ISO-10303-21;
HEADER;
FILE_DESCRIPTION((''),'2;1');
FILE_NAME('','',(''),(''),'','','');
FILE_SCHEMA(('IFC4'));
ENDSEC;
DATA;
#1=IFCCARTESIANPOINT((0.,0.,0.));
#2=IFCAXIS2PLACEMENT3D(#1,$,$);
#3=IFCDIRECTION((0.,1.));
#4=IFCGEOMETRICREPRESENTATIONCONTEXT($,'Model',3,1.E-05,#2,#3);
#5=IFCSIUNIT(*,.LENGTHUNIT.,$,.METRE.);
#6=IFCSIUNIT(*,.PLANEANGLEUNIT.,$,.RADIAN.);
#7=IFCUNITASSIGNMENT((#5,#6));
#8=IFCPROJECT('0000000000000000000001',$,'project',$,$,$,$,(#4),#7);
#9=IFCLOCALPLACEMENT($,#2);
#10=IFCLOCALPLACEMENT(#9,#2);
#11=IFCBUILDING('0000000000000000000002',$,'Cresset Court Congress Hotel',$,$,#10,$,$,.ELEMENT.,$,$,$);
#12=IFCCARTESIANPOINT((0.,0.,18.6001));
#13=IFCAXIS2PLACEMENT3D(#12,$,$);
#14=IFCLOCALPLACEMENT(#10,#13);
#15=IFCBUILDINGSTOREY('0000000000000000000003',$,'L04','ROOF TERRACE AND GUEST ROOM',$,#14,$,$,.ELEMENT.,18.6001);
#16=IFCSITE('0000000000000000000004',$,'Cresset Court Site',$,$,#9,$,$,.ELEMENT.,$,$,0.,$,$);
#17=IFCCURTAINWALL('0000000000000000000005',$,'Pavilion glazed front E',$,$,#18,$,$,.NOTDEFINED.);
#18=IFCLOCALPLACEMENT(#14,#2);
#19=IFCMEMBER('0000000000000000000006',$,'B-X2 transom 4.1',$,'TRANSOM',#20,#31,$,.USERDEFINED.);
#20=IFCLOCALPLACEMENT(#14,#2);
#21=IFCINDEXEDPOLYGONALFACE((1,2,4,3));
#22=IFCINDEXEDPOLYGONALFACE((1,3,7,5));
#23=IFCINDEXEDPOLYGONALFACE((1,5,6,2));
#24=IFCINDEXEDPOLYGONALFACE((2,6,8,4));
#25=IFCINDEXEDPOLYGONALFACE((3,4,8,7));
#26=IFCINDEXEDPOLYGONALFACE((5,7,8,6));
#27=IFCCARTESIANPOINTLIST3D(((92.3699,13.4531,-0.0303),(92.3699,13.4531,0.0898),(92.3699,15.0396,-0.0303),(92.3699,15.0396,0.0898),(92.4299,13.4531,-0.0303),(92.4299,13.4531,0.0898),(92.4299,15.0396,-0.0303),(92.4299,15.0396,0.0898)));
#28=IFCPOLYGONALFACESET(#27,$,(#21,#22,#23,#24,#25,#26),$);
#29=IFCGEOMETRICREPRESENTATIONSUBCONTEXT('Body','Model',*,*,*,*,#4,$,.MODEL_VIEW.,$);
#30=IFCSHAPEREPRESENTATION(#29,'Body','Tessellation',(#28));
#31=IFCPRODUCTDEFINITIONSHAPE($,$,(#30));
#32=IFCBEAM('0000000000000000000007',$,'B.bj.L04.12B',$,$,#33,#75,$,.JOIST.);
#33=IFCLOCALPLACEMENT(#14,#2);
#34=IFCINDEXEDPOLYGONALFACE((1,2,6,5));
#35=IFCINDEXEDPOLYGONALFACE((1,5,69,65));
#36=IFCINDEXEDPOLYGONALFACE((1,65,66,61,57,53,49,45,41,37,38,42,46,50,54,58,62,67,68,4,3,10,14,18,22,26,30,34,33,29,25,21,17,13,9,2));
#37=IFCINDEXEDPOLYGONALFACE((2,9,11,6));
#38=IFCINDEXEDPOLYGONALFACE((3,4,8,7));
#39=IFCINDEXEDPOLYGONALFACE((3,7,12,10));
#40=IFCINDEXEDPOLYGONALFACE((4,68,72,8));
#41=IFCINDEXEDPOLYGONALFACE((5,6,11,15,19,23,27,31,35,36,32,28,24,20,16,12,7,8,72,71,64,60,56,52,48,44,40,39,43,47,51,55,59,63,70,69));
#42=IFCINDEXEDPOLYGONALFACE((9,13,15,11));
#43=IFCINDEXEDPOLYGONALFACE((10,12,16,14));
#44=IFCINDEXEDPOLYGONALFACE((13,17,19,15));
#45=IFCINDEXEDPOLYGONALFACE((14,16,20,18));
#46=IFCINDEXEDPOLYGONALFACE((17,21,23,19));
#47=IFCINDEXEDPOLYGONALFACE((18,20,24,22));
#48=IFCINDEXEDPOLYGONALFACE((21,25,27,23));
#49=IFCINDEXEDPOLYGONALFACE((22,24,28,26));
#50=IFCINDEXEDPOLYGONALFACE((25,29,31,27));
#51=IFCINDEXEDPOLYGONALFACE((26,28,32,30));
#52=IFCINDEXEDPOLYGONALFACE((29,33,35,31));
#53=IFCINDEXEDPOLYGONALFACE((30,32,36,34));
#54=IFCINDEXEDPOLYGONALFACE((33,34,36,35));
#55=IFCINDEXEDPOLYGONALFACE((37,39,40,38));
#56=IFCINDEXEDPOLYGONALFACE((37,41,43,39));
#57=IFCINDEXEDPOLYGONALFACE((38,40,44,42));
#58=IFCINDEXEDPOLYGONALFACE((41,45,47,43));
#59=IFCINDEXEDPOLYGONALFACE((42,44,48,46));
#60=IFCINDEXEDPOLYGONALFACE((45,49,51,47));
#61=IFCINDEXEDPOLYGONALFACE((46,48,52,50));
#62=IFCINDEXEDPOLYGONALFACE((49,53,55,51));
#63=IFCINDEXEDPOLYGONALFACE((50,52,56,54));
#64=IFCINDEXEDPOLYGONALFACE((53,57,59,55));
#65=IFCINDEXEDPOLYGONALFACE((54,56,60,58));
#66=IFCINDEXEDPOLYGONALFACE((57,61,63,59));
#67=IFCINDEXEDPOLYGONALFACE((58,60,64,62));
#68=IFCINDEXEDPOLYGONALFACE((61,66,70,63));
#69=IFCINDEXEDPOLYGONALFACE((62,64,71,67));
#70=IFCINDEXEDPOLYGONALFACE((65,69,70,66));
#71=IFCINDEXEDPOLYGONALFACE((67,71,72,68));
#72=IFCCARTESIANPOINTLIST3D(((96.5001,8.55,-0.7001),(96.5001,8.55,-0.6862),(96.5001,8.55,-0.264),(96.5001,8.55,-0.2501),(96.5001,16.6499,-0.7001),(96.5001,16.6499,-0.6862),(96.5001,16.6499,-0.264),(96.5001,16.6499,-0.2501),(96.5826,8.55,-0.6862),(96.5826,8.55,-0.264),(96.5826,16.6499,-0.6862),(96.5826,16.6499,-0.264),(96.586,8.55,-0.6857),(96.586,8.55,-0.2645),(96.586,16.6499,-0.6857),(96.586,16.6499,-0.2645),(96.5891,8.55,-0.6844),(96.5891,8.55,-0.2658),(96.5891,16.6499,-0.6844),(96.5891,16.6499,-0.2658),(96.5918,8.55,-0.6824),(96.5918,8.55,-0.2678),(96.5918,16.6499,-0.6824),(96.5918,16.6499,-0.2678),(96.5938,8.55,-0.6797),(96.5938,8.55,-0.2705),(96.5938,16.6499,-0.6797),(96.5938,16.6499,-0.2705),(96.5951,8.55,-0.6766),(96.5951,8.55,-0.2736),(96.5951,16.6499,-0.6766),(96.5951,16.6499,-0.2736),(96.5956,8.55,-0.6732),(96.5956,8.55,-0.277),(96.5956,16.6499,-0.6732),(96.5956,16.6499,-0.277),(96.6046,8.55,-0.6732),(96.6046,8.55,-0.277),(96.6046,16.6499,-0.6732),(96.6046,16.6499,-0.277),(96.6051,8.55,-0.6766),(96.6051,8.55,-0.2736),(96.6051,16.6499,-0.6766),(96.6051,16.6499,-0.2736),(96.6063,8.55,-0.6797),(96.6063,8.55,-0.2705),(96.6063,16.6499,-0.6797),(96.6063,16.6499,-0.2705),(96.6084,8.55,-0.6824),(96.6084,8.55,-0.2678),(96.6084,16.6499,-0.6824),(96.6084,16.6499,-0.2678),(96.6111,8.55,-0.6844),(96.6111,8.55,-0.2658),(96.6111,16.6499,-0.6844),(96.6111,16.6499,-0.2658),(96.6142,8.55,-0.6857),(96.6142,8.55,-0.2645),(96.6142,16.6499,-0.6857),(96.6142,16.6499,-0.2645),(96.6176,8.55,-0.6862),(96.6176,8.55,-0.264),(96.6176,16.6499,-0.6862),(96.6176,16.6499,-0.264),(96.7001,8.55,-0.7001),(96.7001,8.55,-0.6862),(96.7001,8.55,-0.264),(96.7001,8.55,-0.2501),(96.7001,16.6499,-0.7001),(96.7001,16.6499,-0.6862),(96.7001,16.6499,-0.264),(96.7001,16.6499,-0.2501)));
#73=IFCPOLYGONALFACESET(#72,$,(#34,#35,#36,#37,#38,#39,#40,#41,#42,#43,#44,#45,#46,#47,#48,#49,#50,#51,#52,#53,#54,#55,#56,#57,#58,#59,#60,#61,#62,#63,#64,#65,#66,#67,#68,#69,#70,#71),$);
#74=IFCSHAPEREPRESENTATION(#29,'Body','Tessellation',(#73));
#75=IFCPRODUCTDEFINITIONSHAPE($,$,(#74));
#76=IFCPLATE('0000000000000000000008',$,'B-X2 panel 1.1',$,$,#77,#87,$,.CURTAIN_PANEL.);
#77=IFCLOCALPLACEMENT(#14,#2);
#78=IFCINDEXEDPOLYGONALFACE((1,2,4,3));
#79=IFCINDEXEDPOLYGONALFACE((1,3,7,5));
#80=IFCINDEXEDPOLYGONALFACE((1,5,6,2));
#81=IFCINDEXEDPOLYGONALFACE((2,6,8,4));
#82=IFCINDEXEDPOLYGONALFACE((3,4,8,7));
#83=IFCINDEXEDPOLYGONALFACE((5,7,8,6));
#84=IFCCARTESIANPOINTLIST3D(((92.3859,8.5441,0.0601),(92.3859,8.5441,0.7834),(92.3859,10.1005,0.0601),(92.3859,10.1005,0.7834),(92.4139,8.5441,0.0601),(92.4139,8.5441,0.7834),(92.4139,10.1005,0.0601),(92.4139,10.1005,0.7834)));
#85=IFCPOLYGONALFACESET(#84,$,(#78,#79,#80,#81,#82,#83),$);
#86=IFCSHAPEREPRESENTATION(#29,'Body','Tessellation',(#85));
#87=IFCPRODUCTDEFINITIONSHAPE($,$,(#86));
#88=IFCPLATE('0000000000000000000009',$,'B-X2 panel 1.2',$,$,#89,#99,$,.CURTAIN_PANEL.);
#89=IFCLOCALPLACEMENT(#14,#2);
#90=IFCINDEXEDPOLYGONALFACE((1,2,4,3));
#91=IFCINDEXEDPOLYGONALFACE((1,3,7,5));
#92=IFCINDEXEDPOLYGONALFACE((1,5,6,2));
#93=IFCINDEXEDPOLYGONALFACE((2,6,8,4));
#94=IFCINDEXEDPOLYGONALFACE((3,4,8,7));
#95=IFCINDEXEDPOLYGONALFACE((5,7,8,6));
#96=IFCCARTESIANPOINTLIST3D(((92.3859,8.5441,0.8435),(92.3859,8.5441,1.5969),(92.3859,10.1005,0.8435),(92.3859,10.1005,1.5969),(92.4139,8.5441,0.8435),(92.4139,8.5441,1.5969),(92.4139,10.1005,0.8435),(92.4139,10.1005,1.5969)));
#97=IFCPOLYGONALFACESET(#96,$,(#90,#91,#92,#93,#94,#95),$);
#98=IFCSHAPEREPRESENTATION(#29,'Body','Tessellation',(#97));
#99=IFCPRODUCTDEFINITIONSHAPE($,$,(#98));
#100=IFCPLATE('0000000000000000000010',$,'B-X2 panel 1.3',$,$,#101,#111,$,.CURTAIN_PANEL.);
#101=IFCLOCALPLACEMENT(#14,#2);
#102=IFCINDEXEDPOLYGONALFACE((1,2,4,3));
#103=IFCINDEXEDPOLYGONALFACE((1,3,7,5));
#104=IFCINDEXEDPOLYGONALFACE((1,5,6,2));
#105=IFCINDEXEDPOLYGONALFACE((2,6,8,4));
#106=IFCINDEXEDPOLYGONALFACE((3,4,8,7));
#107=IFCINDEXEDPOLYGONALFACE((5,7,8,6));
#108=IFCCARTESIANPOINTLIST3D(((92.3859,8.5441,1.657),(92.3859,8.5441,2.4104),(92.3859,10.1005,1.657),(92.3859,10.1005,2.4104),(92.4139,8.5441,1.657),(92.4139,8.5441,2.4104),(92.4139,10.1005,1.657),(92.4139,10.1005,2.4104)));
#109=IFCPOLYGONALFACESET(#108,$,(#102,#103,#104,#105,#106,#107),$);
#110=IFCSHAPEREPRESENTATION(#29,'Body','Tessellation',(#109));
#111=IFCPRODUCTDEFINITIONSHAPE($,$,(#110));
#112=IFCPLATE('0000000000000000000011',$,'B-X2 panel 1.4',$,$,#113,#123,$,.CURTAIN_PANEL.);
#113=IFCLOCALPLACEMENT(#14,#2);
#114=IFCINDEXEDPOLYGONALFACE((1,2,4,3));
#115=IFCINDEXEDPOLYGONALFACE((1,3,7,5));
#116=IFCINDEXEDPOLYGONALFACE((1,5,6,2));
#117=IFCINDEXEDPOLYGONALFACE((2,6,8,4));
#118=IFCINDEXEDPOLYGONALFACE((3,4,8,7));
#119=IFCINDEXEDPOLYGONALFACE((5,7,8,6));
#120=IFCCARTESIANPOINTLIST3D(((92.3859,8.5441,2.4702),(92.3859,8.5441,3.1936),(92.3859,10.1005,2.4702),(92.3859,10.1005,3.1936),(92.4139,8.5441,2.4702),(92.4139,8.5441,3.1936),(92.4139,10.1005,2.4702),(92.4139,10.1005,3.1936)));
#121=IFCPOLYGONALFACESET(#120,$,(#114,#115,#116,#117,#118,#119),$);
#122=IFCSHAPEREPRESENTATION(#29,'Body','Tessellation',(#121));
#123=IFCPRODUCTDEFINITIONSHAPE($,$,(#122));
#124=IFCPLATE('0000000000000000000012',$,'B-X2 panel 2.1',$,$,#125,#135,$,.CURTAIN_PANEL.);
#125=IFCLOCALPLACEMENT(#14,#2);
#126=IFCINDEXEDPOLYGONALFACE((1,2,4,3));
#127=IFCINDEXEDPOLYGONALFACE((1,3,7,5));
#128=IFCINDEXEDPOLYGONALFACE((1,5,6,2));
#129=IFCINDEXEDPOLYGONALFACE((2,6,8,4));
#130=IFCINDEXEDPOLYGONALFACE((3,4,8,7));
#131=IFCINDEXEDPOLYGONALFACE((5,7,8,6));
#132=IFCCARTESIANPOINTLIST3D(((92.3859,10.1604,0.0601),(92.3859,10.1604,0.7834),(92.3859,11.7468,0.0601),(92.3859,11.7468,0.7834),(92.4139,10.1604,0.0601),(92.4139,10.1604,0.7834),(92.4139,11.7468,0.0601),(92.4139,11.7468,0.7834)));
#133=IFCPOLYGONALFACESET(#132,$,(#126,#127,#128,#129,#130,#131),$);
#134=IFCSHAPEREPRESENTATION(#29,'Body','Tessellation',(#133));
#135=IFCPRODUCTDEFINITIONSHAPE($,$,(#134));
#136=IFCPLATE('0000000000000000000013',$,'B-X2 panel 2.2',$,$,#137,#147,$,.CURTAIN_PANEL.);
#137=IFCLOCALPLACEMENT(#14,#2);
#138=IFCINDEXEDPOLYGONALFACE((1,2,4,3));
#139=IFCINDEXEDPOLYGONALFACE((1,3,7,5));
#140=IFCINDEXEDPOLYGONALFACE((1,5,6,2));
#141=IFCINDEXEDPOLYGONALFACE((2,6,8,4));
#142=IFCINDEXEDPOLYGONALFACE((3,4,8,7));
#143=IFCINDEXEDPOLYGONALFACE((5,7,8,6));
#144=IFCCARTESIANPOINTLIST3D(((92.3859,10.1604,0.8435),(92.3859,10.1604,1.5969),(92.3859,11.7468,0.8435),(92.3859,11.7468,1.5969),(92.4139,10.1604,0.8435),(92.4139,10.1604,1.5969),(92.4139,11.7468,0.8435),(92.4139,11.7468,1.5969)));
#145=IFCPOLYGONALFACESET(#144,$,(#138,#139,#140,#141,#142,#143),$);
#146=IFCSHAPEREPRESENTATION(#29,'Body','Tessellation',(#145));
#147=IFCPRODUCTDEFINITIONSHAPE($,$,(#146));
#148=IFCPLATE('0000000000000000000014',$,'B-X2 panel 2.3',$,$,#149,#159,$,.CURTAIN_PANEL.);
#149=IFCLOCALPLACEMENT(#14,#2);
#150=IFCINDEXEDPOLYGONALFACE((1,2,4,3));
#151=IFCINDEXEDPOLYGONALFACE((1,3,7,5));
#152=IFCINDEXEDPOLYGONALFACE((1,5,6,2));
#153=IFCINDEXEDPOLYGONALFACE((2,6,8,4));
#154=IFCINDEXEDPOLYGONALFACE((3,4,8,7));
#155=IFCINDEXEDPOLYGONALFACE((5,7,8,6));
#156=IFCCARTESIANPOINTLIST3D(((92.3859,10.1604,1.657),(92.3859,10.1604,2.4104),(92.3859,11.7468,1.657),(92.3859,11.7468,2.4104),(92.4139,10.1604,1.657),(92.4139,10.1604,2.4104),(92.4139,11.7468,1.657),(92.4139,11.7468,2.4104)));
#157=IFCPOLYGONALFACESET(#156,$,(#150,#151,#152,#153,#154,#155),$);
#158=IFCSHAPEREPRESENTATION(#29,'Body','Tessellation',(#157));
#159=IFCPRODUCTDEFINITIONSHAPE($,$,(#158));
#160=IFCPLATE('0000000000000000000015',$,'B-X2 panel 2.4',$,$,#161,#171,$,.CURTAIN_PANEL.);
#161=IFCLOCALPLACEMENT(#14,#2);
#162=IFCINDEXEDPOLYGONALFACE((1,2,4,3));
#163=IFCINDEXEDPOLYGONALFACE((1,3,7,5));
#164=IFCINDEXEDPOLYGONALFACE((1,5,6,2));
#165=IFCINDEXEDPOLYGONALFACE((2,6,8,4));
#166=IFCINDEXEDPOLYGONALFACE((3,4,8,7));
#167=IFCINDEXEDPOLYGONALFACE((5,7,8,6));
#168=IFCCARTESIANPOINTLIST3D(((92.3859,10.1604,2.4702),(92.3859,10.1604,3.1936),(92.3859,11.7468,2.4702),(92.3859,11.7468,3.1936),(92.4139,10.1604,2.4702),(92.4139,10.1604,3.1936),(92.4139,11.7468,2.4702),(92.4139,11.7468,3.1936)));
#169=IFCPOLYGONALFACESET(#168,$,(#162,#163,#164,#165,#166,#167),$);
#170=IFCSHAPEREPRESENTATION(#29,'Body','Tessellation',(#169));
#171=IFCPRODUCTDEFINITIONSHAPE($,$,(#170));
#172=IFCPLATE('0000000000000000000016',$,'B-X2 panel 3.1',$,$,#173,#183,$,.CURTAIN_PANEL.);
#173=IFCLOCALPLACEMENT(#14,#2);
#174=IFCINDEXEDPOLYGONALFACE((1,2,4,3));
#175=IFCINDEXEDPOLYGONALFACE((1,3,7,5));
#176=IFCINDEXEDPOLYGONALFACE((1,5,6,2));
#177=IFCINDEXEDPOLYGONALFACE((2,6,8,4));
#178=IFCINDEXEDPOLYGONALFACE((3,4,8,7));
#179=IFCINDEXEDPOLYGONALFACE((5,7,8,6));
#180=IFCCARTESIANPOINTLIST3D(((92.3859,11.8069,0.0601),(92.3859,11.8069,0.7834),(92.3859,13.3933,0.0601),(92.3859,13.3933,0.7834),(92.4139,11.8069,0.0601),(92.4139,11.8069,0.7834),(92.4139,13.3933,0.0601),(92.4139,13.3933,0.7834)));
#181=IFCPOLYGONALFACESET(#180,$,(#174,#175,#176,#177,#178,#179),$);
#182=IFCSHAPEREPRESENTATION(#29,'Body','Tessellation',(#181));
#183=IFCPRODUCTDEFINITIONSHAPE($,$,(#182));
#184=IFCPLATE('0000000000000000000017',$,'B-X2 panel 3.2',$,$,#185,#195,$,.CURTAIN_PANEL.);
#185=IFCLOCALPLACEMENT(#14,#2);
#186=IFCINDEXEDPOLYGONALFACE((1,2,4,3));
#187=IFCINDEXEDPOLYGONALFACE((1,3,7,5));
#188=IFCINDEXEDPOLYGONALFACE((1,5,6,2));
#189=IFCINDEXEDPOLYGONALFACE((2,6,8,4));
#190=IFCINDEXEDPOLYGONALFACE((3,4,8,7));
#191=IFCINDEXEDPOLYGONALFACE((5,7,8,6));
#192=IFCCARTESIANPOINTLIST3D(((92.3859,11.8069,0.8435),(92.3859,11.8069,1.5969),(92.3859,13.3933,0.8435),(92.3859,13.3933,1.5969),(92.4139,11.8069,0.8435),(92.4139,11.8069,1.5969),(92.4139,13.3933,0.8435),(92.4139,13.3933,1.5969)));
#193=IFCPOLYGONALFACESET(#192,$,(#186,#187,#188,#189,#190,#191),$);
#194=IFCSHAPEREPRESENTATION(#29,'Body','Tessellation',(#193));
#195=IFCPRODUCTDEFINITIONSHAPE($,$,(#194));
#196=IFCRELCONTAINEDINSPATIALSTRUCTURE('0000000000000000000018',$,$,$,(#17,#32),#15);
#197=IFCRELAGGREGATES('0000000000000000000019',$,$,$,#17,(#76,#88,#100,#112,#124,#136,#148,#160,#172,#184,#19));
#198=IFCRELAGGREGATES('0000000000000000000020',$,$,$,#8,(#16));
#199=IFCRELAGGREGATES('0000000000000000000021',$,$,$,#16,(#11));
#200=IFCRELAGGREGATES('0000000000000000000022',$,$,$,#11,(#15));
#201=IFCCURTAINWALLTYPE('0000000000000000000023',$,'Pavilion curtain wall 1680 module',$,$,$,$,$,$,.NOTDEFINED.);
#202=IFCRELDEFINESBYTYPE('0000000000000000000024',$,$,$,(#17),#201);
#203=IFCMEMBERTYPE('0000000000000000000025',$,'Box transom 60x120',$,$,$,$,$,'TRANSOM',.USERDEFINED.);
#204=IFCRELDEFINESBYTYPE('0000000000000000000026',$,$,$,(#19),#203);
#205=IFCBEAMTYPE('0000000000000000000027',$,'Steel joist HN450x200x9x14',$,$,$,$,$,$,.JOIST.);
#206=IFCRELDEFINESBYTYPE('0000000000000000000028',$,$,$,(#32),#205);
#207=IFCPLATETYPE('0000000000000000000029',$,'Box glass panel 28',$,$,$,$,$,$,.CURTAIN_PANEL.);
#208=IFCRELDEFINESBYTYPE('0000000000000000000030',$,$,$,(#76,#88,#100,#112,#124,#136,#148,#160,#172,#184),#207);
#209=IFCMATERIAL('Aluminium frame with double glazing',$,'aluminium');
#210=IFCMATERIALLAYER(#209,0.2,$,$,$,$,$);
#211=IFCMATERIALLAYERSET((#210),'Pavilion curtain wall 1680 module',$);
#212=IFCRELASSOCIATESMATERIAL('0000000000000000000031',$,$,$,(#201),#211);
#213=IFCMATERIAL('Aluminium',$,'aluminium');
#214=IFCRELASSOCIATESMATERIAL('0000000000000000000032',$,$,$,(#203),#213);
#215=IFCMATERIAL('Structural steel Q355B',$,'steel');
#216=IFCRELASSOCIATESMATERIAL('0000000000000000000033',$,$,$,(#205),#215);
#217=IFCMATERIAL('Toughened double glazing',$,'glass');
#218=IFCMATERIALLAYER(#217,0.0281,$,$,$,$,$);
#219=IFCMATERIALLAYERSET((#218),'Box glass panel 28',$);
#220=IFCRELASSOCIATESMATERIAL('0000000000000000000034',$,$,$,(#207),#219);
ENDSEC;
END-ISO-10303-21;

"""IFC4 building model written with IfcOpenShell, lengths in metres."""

from ifc_helpers import new_model, si_unit, direction, frame, origin, origin_2d, place, context, subcontext, project, spatial, rectangle, i_section, extrude, material, layer, layer_set, material_profile, profile_set, type_object, element, aggregate, save


model = new_model("IFC4")

# Units and contexts
model_context = context("Model", 3, precision=1e-05, world=origin(), true_north=direction((0.0, 1.0)))
body_context = subcontext(model_context, "Body", "Model", "MODEL_VIEW")
ifc_project = project(units=[si_unit("LENGTHUNIT", "METRE"), si_unit("PLANEANGLEUNIT", "RADIAN")], contexts=[model_context])

# Site, building, storey
site_placement = place(None, origin())
site = spatial("IfcSite", under=ifc_project, at=site_placement, Name="Cresset Court Site", CompositionType="ELEMENT", RefElevation=0.0)
building_placement = place(site_placement, origin())
building = spatial("IfcBuilding", under=site, at=building_placement, Name="Cresset Court Congress Hotel", CompositionType="ELEMENT")
storey_placement = place(building_placement, frame((0.0, 0.0, 18.6001)))
storey = spatial("IfcBuildingStorey", under=building, at=storey_placement, Name="L04", Description="ROOF TERRACE AND GUEST ROOM", CompositionType="ELEMENT", Elevation=18.6001)

# Curtain wall, member
ifc_material_1 = material(Name="Aluminium frame with double glazing", Category="aluminium")
ifc_layer_1 = layer(ifc_material_1, 0.2)
ifc_layer_set_1 = layer_set([ifc_layer_1], Name="Pavilion curtain wall 1680 module")
curtain_wall_type = type_object("IfcCurtainWallType", Name="Pavilion curtain wall 1680 module", PredefinedType="NOTDEFINED", material=ifc_layer_set_1)
curtain_wall_placement = place(storey_placement, origin())
curtain_wall = element("IfcCurtainWall", 1, at=curtain_wall_placement, inside=storey, type_object=curtain_wall_type, Name="Pavilion glazed front E", PredefinedType="NOTDEFINED")
ifc_material_2 = material(Name="Aluminium", Category="aluminium")
ifc_material_profile_1 = material_profile(ifc_material_2, rectangle(XDim=0.0601, YDim=0.1201, at=origin_2d()), Name="Box transom 60x120")
ifc_profile_set_1 = profile_set([ifc_material_profile_1], Name="Aluminium")
member_type_1 = type_object("IfcMemberType", Name="Box transom 60x120", ElementType="TRANSOM", PredefinedType="USERDEFINED", material=ifc_profile_set_1)
member_1_placement = place(storey_placement, frame((92.3999, 13.4531, 0.0298), z_axis=(0.0, 1.0, 0.0), x_axis=(-1.0, 0.0, 0.0)))
member_1 = element("IfcMember", 2, at=member_1_placement, type_object=member_type_1, Name="B-X2 transom 4.1", ObjectType="TRANSOM", PredefinedType="USERDEFINED", context=body_context, shape_type="SweptSolid", body=[
    extrude(rectangle(XDim=0.0601, YDim=0.1201, at=origin_2d()), origin(), (0.0, 0.0, 1.0), 1.5864),
])

# Beam
ifc_material_3 = material(Name="Structural steel Q355B", Category="steel")
ifc_material_profile_2 = material_profile(ifc_material_3, i_section(OverallWidth=0.2, OverallDepth=0.45, WebThickness=0.009, FlangeThickness=0.0139, FilletRadius=0.0129, at=origin_2d()), Name="HN450x200x9x14")
ifc_profile_set_2 = profile_set([ifc_material_profile_2], Name="Structural steel Q355B")
beam_type = type_object("IfcBeamType", Name="Steel joist HN450x200x9x14", PredefinedType="JOIST", material=ifc_profile_set_2)
beam_placement = place(storey_placement, frame((96.6001, 8.55, -0.4751), z_axis=(0.0, 1.0, 0.0), x_axis=(-1.0, 0.0, 0.0)))
element("IfcBeam", 3, at=beam_placement, inside=storey, type_object=beam_type, Name="B.bj.L04.12B", PredefinedType="JOIST", context=body_context, shape_type="SweptSolid", body=[
    extrude(i_section(OverallWidth=0.2, OverallDepth=0.45, WebThickness=0.009, FlangeThickness=0.0139, FilletRadius=0.0129, at=origin_2d()), origin(), (0.0, 0.0, 1.0), 8.0999),
])

# Plates
ifc_material_4 = material(Name="Toughened double glazing", Category="glass")
ifc_layer_2 = layer(ifc_material_4, 0.0281)
ifc_layer_set_2 = layer_set([ifc_layer_2], Name="Box glass panel 28")
plate_type = type_object("IfcPlateType", Name="Box glass panel 28", PredefinedType="CURTAIN_PANEL", material=ifc_layer_set_2)
plate_1_placement = place(storey_placement, frame((92.3999, 9.3223, 0.0601), z_axis=(0.0, 0.0, 1.0), x_axis=(0.0, 1.0, 0.0)))
plate_1 = element("IfcPlate", 4, at=plate_1_placement, type_object=plate_type, Name="B-X2 panel 1.1", PredefinedType="CURTAIN_PANEL", context=body_context, shape_type="SweptSolid", body=[
    extrude(rectangle(XDim=1.5564, YDim=0.0281, at=origin_2d()), origin(), (0.0, 0.0, 1.0), 0.7234),
])
plate_2_placement = place(storey_placement, frame((92.3999, 9.3223, 0.8435), z_axis=(0.0, 0.0, 1.0), x_axis=(0.0, 1.0, 0.0)))
plate_2 = element("IfcPlate", 5, at=plate_2_placement, type_object=plate_type, Name="B-X2 panel 1.2", PredefinedType="CURTAIN_PANEL", context=body_context, shape_type="SweptSolid", body=[
    extrude(rectangle(XDim=1.5564, YDim=0.0281, at=origin_2d()), origin(), (0.0, 0.0, 1.0), 0.7534),
])
plate_3_placement = place(storey_placement, frame((92.3999, 9.3223, 1.657), z_axis=(0.0, 0.0, 1.0), x_axis=(0.0, 1.0, 0.0)))
plate_3 = element("IfcPlate", 6, at=plate_3_placement, type_object=plate_type, Name="B-X2 panel 1.3", PredefinedType="CURTAIN_PANEL", context=body_context, shape_type="SweptSolid", body=[
    extrude(rectangle(XDim=1.5564, YDim=0.0281, at=origin_2d()), origin(), (0.0, 0.0, 1.0), 0.7534),
])
plate_4_placement = place(storey_placement, frame((92.3999, 9.3223, 2.4702), z_axis=(0.0, 0.0, 1.0), x_axis=(0.0, 1.0, 0.0)))
plate_4 = element("IfcPlate", 7, at=plate_4_placement, type_object=plate_type, Name="B-X2 panel 1.4", PredefinedType="CURTAIN_PANEL", context=body_context, shape_type="SweptSolid", body=[
    extrude(rectangle(XDim=1.5564, YDim=0.0281, at=origin_2d()), origin(), (0.0, 0.0, 1.0), 0.7234),
])
plate_5_placement = place(storey_placement, frame((92.3999, 10.9536, 0.0601), z_axis=(0.0, 0.0, 1.0), x_axis=(0.0, 1.0, 0.0)))
plate_5 = element("IfcPlate", 8, at=plate_5_placement, type_object=plate_type, Name="B-X2 panel 2.1", PredefinedType="CURTAIN_PANEL", context=body_context, shape_type="SweptSolid", body=[
    extrude(rectangle(XDim=1.5864, YDim=0.0281, at=origin_2d()), origin(), (0.0, 0.0, 1.0), 0.7234),
])
plate_6_placement = place(storey_placement, frame((92.3999, 10.9536, 0.8435), z_axis=(0.0, 0.0, 1.0), x_axis=(0.0, 1.0, 0.0)))
plate_6 = element("IfcPlate", 9, at=plate_6_placement, type_object=plate_type, Name="B-X2 panel 2.2", PredefinedType="CURTAIN_PANEL", context=body_context, shape_type="SweptSolid", body=[
    extrude(rectangle(XDim=1.5864, YDim=0.0281, at=origin_2d()), origin(), (0.0, 0.0, 1.0), 0.7534),
])
plate_7_placement = place(storey_placement, frame((92.3999, 10.9536, 1.657), z_axis=(0.0, 0.0, 1.0), x_axis=(0.0, 1.0, 0.0)))
plate_7 = element("IfcPlate", 10, at=plate_7_placement, type_object=plate_type, Name="B-X2 panel 2.3", PredefinedType="CURTAIN_PANEL", context=body_context, shape_type="SweptSolid", body=[
    extrude(rectangle(XDim=1.5864, YDim=0.0281, at=origin_2d()), origin(), (0.0, 0.0, 1.0), 0.7534),
])
plate_8_placement = place(storey_placement, frame((92.3999, 10.9536, 2.4702), z_axis=(0.0, 0.0, 1.0), x_axis=(0.0, 1.0, 0.0)))
plate_8 = element("IfcPlate", 11, at=plate_8_placement, type_object=plate_type, Name="B-X2 panel 2.4", PredefinedType="CURTAIN_PANEL", context=body_context, shape_type="SweptSolid", body=[
    extrude(rectangle(XDim=1.5864, YDim=0.0281, at=origin_2d()), origin(), (0.0, 0.0, 1.0), 0.7234),
])
plate_9_placement = place(storey_placement, frame((92.3999, 12.6001, 0.0601), z_axis=(0.0, 0.0, 1.0), x_axis=(0.0, 1.0, 0.0)))
plate_9 = element("IfcPlate", 12, at=plate_9_placement, type_object=plate_type, Name="B-X2 panel 3.1", PredefinedType="CURTAIN_PANEL", context=body_context, shape_type="SweptSolid", body=[
    extrude(rectangle(XDim=1.5864, YDim=0.0281, at=origin_2d()), origin(), (0.0, 0.0, 1.0), 0.7234),
])
plate_10_placement = place(storey_placement, frame((92.3999, 12.6001, 0.8435), z_axis=(0.0, 0.0, 1.0), x_axis=(0.0, 1.0, 0.0)))
plate_10 = element("IfcPlate", 13, at=plate_10_placement, type_object=plate_type, Name="B-X2 panel 3.2", PredefinedType="CURTAIN_PANEL", context=body_context, shape_type="SweptSolid", body=[
    extrude(rectangle(XDim=1.5864, YDim=0.0281, at=origin_2d()), origin(), (0.0, 0.0, 1.0), 0.7534),
])
aggregate(curtain_wall, [plate_1, plate_2, plate_3, plate_4, plate_5, plate_6, plate_7, plate_8, plate_9, plate_10, member_1])

save(model, "model.ifc")
